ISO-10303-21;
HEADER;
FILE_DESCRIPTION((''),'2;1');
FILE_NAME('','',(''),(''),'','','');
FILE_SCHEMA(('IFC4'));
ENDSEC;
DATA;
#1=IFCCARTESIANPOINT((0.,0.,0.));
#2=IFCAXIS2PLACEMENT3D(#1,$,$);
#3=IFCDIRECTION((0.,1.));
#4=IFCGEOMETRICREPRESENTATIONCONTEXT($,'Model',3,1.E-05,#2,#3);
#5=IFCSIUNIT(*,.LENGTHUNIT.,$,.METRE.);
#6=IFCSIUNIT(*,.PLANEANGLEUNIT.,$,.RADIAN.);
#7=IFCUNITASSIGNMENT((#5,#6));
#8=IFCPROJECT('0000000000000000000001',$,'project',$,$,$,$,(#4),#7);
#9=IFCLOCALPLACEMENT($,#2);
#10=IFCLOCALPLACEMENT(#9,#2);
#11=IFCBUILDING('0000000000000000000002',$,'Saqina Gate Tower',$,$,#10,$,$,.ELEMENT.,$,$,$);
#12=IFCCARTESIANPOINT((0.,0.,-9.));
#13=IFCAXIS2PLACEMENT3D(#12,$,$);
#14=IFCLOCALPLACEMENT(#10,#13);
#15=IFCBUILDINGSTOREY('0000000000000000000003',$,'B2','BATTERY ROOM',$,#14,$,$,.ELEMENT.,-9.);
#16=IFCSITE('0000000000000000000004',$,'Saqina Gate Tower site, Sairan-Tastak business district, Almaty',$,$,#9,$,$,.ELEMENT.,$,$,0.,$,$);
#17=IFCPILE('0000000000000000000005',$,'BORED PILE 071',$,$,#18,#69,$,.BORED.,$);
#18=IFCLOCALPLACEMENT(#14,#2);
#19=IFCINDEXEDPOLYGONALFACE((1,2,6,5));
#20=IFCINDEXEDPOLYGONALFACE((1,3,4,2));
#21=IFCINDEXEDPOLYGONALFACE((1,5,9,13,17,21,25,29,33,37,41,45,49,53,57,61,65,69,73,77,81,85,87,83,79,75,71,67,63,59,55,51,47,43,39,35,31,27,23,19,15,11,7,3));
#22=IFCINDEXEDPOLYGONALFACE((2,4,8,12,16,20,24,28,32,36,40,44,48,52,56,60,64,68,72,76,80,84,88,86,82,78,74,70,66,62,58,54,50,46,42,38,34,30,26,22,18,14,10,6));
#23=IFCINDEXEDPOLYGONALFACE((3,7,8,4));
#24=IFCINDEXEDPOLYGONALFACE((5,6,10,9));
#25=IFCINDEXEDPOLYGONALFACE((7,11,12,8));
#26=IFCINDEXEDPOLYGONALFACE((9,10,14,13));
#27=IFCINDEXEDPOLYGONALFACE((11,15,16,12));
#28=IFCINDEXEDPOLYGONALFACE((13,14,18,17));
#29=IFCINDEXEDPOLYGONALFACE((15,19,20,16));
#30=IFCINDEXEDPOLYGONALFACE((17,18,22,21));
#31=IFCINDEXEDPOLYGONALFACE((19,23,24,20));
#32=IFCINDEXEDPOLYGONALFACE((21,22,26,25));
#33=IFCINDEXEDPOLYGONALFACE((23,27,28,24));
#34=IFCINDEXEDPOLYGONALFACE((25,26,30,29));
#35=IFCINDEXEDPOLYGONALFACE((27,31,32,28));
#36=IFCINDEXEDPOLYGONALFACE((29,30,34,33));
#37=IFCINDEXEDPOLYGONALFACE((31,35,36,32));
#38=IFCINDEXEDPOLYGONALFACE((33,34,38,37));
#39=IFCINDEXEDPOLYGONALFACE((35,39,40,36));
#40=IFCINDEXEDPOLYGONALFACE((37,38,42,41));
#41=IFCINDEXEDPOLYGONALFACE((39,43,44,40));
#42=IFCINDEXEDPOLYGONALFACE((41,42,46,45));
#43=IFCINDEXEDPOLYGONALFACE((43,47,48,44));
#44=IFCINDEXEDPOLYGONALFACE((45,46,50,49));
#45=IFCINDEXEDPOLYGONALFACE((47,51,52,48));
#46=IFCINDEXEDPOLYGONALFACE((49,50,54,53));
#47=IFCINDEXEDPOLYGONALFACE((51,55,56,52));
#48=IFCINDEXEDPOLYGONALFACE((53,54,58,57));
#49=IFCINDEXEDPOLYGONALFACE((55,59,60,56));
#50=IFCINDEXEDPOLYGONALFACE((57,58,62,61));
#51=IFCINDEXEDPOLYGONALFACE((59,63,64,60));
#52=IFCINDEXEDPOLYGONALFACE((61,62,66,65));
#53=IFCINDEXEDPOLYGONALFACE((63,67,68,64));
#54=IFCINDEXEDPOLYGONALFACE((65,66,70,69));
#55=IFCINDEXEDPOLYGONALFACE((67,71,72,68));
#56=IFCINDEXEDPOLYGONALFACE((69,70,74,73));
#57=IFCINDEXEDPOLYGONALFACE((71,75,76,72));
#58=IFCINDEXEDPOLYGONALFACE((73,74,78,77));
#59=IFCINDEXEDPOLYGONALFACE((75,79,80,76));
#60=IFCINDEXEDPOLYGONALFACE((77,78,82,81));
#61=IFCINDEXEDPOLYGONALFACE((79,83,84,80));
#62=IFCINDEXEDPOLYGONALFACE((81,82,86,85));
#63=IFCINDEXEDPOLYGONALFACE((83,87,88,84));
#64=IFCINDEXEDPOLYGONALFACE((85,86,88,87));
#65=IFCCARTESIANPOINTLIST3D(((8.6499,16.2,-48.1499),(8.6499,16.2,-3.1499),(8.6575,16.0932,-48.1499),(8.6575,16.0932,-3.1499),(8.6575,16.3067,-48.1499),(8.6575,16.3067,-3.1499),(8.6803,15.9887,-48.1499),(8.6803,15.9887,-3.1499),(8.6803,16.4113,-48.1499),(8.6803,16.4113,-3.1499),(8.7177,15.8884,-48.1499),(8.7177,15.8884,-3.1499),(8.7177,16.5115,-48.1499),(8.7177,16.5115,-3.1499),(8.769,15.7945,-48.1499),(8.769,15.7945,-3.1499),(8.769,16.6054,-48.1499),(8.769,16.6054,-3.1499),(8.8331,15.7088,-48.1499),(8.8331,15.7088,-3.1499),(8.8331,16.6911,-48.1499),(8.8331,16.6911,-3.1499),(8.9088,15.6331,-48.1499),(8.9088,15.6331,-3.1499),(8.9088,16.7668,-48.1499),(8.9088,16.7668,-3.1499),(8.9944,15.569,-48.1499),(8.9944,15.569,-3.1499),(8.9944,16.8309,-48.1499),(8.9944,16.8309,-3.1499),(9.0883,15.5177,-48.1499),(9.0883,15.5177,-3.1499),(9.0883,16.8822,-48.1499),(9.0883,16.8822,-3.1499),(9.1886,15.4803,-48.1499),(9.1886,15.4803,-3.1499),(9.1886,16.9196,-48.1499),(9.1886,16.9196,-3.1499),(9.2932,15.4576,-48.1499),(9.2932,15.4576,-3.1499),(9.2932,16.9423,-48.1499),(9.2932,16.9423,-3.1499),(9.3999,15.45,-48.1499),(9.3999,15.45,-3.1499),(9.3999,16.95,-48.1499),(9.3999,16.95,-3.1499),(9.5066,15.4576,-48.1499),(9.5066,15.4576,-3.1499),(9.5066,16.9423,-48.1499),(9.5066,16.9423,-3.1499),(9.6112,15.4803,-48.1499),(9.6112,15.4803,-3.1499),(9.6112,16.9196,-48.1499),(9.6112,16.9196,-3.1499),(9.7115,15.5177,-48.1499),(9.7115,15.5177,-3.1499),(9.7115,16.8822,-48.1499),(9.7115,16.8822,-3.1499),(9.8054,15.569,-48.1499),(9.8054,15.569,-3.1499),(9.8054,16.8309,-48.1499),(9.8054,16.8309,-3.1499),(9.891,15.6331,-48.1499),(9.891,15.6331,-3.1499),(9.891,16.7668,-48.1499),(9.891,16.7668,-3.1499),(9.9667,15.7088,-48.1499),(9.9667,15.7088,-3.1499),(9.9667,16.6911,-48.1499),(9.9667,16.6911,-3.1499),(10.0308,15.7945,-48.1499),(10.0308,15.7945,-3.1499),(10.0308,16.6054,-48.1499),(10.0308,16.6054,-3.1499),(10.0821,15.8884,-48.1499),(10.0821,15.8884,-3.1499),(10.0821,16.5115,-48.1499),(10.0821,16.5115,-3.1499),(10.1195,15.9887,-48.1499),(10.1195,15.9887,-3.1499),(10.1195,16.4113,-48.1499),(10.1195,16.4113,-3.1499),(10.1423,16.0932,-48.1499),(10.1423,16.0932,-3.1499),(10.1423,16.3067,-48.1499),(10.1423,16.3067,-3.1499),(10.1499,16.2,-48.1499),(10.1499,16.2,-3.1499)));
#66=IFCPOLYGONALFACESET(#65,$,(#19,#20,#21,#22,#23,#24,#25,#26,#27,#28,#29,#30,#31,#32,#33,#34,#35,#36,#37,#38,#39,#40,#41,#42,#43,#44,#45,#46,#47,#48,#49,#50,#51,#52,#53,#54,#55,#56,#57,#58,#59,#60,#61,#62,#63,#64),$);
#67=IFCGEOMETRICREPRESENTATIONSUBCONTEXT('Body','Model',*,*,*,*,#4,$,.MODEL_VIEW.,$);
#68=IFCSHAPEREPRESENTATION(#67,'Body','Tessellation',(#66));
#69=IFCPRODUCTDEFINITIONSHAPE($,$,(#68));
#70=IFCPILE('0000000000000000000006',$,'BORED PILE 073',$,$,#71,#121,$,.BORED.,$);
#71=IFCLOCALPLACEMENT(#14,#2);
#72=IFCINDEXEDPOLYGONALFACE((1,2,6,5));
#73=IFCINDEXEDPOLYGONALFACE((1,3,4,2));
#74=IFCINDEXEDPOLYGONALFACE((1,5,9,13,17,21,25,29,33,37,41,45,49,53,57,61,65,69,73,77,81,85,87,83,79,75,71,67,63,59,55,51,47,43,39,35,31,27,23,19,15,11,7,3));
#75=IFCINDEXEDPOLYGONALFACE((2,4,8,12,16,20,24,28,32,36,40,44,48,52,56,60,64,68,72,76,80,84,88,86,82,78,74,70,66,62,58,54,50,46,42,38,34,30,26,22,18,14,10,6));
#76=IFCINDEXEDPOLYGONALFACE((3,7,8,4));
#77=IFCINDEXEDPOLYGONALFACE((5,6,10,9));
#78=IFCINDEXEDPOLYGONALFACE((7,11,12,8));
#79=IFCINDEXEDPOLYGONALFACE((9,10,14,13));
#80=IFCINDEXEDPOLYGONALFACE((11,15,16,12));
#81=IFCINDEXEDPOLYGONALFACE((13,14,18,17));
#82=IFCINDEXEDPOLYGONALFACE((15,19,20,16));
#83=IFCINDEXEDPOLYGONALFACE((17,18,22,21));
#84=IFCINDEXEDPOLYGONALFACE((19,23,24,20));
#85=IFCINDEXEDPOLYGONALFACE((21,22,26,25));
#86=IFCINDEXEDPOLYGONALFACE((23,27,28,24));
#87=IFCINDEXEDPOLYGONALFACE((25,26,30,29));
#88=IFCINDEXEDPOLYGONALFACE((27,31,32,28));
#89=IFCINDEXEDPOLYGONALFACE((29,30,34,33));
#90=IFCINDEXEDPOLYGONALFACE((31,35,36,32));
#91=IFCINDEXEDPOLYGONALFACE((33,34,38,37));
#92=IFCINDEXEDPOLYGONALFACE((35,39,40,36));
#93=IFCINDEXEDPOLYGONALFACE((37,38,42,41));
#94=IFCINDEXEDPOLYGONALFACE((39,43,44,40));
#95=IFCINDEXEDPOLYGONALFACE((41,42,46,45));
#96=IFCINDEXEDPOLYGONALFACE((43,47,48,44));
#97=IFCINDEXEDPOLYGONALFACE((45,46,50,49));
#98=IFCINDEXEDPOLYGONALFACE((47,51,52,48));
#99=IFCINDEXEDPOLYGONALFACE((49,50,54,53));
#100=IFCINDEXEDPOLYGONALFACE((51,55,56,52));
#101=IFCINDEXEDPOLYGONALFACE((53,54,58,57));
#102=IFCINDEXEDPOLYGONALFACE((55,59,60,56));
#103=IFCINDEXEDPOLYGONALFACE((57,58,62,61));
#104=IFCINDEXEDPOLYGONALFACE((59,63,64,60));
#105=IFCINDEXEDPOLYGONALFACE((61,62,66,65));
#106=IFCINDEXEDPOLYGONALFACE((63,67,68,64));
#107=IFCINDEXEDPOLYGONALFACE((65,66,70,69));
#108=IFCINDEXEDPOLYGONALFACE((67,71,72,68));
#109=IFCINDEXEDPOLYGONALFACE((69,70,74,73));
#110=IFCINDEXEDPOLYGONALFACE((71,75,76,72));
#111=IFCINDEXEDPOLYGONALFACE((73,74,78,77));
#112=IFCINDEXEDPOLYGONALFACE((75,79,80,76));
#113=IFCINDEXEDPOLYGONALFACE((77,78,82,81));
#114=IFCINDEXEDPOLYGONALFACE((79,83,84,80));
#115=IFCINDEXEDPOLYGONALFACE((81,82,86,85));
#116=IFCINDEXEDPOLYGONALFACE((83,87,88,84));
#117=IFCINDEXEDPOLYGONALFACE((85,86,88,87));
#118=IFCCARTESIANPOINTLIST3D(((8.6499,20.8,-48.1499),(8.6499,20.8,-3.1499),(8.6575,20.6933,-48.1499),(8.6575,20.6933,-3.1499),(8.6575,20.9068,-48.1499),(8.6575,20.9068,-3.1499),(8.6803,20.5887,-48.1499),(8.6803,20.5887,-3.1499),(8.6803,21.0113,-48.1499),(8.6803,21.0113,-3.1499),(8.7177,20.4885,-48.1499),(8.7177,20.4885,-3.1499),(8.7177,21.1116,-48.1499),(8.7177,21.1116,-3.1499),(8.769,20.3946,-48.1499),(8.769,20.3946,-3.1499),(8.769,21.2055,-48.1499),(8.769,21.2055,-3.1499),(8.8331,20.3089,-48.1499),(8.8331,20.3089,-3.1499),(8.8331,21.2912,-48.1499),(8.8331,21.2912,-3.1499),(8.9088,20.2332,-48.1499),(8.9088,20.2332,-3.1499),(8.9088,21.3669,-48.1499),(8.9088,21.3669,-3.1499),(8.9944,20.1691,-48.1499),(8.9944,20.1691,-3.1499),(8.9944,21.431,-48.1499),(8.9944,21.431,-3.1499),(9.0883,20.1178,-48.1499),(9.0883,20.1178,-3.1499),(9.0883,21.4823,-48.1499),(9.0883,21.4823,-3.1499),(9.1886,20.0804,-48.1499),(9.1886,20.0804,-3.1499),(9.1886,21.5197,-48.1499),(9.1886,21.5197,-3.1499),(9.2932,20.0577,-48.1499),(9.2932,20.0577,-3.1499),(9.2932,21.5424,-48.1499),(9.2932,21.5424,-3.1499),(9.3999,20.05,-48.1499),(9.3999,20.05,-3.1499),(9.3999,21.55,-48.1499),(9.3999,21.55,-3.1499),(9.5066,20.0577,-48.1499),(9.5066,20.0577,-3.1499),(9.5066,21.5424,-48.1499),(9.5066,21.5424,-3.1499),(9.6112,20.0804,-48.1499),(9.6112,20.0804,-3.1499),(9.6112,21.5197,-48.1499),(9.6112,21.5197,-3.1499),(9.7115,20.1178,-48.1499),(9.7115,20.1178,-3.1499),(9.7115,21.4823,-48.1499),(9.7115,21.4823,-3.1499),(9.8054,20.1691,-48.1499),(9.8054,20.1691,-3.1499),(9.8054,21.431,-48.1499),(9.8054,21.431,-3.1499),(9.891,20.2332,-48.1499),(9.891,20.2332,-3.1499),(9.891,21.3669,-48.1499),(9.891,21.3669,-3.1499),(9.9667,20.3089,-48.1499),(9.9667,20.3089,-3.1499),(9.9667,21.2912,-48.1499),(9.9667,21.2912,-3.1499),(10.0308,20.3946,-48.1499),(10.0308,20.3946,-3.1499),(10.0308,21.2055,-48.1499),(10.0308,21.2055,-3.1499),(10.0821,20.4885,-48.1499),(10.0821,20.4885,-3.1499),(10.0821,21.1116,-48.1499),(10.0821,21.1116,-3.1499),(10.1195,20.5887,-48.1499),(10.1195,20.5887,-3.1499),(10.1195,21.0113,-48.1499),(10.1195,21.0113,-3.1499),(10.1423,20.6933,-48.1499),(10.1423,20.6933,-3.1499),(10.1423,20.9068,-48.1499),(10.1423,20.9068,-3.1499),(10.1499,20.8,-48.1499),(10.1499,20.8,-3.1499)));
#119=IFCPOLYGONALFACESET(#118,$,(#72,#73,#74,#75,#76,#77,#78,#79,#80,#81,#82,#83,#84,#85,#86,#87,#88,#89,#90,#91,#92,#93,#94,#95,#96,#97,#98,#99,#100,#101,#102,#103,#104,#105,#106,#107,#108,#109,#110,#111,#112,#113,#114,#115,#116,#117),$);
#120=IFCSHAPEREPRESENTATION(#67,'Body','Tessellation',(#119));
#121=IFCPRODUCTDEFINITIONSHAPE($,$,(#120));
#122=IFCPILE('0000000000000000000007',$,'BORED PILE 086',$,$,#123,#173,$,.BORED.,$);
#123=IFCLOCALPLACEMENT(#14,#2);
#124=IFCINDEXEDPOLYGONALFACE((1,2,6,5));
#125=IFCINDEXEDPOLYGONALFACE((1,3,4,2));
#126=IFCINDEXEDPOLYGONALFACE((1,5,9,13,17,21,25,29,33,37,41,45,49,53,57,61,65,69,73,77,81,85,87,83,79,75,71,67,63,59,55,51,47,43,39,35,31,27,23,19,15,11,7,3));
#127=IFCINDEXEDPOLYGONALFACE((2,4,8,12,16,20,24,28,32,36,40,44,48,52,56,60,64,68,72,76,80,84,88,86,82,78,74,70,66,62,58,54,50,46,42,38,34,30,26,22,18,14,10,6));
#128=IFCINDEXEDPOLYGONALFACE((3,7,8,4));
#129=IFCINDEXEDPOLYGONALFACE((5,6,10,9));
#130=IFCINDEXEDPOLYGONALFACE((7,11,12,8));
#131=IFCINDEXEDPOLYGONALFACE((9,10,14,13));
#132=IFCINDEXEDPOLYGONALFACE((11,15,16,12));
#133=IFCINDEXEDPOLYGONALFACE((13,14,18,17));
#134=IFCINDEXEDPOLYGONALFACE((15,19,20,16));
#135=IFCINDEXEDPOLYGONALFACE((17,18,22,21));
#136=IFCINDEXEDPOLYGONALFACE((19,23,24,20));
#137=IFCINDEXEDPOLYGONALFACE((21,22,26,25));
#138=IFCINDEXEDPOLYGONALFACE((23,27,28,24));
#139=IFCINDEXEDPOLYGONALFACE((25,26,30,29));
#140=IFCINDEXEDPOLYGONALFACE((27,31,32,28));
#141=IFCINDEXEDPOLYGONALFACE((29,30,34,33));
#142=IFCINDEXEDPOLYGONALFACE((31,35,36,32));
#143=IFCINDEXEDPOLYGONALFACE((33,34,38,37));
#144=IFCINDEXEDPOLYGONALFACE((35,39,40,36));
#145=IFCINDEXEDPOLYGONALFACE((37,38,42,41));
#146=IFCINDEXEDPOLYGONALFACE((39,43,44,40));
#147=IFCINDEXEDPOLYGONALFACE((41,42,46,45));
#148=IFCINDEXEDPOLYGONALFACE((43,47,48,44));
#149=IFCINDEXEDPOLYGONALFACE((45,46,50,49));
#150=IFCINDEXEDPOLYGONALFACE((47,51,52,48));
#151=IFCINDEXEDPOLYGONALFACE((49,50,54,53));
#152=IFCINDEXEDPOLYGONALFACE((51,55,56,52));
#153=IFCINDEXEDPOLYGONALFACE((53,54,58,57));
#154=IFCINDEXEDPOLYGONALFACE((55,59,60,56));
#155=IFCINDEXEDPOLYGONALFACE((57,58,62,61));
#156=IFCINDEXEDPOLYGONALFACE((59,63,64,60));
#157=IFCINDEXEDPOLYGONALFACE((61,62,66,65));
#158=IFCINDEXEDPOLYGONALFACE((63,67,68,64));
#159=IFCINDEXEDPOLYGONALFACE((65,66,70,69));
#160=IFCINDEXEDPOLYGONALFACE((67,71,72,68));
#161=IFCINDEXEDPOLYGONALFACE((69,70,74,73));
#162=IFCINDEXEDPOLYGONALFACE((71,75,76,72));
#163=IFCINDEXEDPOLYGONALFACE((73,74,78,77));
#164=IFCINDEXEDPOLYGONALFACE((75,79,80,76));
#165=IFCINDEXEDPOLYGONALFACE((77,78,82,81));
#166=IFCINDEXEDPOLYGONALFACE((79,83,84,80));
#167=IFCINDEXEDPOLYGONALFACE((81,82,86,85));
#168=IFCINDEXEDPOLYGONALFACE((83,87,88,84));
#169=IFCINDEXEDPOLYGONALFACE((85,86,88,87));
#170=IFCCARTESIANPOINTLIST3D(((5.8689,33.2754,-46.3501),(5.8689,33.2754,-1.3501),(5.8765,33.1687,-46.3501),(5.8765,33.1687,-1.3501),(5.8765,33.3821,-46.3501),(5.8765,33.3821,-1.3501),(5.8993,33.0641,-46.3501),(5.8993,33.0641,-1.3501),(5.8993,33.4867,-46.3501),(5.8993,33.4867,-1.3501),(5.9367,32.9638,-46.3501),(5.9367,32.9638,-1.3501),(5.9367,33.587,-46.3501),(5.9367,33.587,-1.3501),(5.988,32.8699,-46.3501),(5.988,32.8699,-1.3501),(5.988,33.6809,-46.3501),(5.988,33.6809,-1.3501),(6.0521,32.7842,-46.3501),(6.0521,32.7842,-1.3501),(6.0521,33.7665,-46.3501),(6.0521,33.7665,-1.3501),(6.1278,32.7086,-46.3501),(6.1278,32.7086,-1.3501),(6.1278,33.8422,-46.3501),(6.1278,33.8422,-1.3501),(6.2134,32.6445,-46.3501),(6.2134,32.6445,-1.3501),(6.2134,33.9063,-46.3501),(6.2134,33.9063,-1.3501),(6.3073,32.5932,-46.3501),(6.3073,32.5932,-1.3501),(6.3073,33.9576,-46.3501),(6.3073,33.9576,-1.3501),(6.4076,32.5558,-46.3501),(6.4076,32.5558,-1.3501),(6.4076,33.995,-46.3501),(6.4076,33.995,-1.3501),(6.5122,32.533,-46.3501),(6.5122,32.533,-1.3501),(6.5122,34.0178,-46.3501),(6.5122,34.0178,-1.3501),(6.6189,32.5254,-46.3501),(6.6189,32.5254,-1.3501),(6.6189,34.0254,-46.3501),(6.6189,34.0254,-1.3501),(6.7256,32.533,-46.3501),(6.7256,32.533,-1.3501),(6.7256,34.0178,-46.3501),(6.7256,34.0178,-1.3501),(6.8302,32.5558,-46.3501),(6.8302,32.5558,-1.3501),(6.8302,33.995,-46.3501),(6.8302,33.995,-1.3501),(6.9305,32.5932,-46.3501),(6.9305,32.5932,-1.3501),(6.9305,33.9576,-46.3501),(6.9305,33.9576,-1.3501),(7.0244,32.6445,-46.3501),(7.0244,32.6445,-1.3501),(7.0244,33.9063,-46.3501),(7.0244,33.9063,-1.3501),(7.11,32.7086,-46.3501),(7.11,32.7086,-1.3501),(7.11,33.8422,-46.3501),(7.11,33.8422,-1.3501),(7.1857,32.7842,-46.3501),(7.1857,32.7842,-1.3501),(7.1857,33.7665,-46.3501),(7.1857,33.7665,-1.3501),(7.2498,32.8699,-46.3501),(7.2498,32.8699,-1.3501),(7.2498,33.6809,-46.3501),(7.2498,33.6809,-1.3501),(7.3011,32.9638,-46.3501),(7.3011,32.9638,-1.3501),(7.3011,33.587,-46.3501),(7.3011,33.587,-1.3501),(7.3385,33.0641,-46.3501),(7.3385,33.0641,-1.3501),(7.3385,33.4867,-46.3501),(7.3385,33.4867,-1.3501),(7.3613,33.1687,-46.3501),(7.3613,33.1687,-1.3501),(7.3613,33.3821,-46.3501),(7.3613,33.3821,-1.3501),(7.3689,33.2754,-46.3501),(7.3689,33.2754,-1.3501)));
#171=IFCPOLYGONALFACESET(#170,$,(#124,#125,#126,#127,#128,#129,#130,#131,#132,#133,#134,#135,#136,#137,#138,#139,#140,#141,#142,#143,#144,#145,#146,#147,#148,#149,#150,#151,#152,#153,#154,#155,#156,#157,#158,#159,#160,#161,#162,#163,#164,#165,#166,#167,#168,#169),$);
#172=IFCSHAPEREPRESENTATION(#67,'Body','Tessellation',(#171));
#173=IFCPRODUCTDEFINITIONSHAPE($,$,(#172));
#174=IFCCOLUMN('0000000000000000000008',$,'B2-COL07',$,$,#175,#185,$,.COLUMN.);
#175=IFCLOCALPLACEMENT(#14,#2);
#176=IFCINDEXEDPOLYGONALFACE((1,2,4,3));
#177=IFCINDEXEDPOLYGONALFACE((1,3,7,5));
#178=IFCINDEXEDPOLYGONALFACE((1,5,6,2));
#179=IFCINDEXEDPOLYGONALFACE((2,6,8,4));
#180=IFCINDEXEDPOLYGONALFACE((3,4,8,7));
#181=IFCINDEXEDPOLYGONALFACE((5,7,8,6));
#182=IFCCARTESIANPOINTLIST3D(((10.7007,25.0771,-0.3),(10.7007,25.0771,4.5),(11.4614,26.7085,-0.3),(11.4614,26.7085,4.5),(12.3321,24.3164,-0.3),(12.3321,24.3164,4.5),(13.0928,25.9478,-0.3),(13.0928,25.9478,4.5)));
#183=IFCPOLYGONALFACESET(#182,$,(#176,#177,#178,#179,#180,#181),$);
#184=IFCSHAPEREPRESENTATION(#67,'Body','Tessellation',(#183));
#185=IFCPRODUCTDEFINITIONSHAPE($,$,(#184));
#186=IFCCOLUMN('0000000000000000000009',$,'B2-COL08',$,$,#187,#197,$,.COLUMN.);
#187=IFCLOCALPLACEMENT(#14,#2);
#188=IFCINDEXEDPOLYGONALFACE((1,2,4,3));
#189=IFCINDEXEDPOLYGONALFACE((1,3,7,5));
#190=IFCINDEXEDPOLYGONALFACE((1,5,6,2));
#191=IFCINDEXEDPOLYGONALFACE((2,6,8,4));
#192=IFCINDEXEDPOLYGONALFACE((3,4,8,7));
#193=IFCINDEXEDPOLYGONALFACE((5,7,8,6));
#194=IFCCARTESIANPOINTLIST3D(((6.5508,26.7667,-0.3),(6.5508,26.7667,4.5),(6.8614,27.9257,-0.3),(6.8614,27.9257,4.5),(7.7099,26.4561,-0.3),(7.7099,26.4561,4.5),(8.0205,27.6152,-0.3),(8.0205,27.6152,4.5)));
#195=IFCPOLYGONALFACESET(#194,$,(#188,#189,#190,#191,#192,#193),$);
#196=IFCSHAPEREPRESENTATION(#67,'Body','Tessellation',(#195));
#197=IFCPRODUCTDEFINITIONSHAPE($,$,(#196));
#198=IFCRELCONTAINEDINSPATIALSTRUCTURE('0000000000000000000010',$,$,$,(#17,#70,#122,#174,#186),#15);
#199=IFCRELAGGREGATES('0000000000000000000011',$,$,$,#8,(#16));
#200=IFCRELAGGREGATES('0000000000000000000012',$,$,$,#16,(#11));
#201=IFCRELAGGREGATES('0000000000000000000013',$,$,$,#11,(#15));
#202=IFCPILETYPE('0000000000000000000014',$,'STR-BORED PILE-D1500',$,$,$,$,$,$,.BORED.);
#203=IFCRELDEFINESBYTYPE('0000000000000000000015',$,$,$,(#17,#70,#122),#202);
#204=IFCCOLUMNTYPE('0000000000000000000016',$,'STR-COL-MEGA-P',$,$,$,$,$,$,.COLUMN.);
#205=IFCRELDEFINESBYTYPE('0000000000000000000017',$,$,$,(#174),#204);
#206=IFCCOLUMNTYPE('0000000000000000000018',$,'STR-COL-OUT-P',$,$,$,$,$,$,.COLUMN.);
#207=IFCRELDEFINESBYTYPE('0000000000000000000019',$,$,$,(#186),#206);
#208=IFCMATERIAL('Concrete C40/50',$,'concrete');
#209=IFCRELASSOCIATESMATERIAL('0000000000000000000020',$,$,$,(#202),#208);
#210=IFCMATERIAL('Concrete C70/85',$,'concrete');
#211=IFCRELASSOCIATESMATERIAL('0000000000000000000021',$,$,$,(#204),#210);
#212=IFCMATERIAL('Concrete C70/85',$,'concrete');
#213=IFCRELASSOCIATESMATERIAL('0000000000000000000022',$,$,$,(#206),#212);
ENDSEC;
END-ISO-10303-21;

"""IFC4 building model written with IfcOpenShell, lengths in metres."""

from ifc_helpers import new_model, si_unit, direction, frame, origin, origin_2d, place, context, subcontext, project, spatial, rectangle, circle, extrude, material, material_profile, profile_set, type_object, element, save


model = new_model("IFC4")

# Units and contexts
model_context = context("Model", 3, precision=1e-05, world=origin(), true_north=direction((0.0, 1.0)))
body_context = subcontext(model_context, "Body", "Model", "MODEL_VIEW")
ifc_project = project(units=[si_unit("LENGTHUNIT", "METRE"), si_unit("PLANEANGLEUNIT", "RADIAN")], contexts=[model_context])

# Site, building, storey
site_placement = place(None, origin())
site = spatial("IfcSite", under=ifc_project, at=site_placement, Name="Saqina Gate Tower site, Sairan-Tastak business district, Almaty", CompositionType="ELEMENT", RefElevation=0.0)
building_placement = place(site_placement, origin())
building = spatial("IfcBuilding", under=site, at=building_placement, Name="Saqina Gate Tower", CompositionType="ELEMENT")
storey_placement = place(building_placement, frame((0.0, 0.0, -9.0)))
storey = spatial("IfcBuildingStorey", under=building, at=storey_placement, Name="B2", Description="BATTERY ROOM", CompositionType="ELEMENT", Elevation=-9.0)

# Piles
ifc_material_1 = material(Name="Concrete C40/50", Category="concrete")
ifc_material_profile_1 = material_profile(ifc_material_1, circle(Radius=0.75, at=origin_2d()), Name="RC D1500")
ifc_profile_set_1 = profile_set([ifc_material_profile_1], Name="Concrete C40/50")
pile_type = type_object("IfcPileType", Name="STR-BORED PILE-D1500", PredefinedType="BORED", material=ifc_profile_set_1)
for number, where, z_axis, x_axis, name in (
    (1, (9.3999, 16.2, -3.1499), (0.0, 0.0, -1.0), (1.0, 0.0, 0.0), "BORED PILE 071"),
    (2, (9.3999, 20.8, -3.1499), (0.0, 0.0, -1.0), (1.0, 0.0, 0.0), "BORED PILE 073"),
    (3, (6.6189, 33.2754, -1.3501), (0.0, 0.0, -1.0), (1.0, 0.0, 0.0), "BORED PILE 086"),
):
    element("IfcPile", number, at=place(storey_placement, frame(where, z_axis=z_axis, x_axis=x_axis)), inside=storey, type_object=pile_type, Name=name, PredefinedType="BORED", context=body_context, shape_type="SweptSolid", body=[
        extrude(circle(Radius=0.75, at=origin_2d()), origin(), (0.0, 0.0, 1.0), 45.0),
    ])

# Columns
ifc_material_2 = material(Name="Concrete C70/85", Category="concrete")
ifc_material_profile_2 = material_profile(ifc_material_2, rectangle(XDim=1.8, YDim=1.8, at=origin_2d()), Name="RC 1800x1800")
ifc_profile_set_2 = profile_set([ifc_material_profile_2], Name="Concrete C70/85")
column_type_1 = type_object("IfcColumnType", Name="STR-COL-MEGA-P", PredefinedType="COLUMN", material=ifc_profile_set_2)
column_placement = place(storey_placement, frame((11.8967, 25.5125, -0.3), z_axis=(0.0, 0.0, 1.0), x_axis=(0.422618, 0.906308, 0.0)))
element("IfcColumn", 4, at=column_placement, inside=storey, type_object=column_type_1, Name="B2-COL07", PredefinedType="COLUMN", context=body_context, shape_type="SweptSolid", body=[
    extrude(rectangle(XDim=1.8, YDim=1.8, at=origin_2d()), origin(), (0.0, 0.0, 1.0), 4.8),
])
ifc_material_3 = material(Name="Concrete C70/85", Category="concrete")
ifc_material_profile_3 = material_profile(ifc_material_3, rectangle(XDim=1.2, YDim=1.2, at=origin_2d()), Name="RC 1200x1200")
ifc_profile_set_3 = profile_set([ifc_material_profile_3], Name="Concrete C70/85")
column_type_2 = type_object("IfcColumnType", Name="STR-COL-OUT-P", PredefinedType="COLUMN", material=ifc_profile_set_3)
for number, where, z_axis, x_axis, name in (
    (5, (7.2856, 27.1909, -0.3), (0.0, 0.0, 1.0), (0.258819, 0.965926, 0.0), "B2-COL08"),
):
    element("IfcColumn", number, at=place(storey_placement, frame(where, z_axis=z_axis, x_axis=x_axis)), inside=storey, type_object=column_type_2, Name=name, PredefinedType="COLUMN", context=body_context, shape_type="SweptSolid", body=[
        extrude(rectangle(XDim=1.2, YDim=1.2, at=origin_2d()), origin(), (0.0, 0.0, 1.0), 4.8),
    ])

save(model, "model.ifc")
